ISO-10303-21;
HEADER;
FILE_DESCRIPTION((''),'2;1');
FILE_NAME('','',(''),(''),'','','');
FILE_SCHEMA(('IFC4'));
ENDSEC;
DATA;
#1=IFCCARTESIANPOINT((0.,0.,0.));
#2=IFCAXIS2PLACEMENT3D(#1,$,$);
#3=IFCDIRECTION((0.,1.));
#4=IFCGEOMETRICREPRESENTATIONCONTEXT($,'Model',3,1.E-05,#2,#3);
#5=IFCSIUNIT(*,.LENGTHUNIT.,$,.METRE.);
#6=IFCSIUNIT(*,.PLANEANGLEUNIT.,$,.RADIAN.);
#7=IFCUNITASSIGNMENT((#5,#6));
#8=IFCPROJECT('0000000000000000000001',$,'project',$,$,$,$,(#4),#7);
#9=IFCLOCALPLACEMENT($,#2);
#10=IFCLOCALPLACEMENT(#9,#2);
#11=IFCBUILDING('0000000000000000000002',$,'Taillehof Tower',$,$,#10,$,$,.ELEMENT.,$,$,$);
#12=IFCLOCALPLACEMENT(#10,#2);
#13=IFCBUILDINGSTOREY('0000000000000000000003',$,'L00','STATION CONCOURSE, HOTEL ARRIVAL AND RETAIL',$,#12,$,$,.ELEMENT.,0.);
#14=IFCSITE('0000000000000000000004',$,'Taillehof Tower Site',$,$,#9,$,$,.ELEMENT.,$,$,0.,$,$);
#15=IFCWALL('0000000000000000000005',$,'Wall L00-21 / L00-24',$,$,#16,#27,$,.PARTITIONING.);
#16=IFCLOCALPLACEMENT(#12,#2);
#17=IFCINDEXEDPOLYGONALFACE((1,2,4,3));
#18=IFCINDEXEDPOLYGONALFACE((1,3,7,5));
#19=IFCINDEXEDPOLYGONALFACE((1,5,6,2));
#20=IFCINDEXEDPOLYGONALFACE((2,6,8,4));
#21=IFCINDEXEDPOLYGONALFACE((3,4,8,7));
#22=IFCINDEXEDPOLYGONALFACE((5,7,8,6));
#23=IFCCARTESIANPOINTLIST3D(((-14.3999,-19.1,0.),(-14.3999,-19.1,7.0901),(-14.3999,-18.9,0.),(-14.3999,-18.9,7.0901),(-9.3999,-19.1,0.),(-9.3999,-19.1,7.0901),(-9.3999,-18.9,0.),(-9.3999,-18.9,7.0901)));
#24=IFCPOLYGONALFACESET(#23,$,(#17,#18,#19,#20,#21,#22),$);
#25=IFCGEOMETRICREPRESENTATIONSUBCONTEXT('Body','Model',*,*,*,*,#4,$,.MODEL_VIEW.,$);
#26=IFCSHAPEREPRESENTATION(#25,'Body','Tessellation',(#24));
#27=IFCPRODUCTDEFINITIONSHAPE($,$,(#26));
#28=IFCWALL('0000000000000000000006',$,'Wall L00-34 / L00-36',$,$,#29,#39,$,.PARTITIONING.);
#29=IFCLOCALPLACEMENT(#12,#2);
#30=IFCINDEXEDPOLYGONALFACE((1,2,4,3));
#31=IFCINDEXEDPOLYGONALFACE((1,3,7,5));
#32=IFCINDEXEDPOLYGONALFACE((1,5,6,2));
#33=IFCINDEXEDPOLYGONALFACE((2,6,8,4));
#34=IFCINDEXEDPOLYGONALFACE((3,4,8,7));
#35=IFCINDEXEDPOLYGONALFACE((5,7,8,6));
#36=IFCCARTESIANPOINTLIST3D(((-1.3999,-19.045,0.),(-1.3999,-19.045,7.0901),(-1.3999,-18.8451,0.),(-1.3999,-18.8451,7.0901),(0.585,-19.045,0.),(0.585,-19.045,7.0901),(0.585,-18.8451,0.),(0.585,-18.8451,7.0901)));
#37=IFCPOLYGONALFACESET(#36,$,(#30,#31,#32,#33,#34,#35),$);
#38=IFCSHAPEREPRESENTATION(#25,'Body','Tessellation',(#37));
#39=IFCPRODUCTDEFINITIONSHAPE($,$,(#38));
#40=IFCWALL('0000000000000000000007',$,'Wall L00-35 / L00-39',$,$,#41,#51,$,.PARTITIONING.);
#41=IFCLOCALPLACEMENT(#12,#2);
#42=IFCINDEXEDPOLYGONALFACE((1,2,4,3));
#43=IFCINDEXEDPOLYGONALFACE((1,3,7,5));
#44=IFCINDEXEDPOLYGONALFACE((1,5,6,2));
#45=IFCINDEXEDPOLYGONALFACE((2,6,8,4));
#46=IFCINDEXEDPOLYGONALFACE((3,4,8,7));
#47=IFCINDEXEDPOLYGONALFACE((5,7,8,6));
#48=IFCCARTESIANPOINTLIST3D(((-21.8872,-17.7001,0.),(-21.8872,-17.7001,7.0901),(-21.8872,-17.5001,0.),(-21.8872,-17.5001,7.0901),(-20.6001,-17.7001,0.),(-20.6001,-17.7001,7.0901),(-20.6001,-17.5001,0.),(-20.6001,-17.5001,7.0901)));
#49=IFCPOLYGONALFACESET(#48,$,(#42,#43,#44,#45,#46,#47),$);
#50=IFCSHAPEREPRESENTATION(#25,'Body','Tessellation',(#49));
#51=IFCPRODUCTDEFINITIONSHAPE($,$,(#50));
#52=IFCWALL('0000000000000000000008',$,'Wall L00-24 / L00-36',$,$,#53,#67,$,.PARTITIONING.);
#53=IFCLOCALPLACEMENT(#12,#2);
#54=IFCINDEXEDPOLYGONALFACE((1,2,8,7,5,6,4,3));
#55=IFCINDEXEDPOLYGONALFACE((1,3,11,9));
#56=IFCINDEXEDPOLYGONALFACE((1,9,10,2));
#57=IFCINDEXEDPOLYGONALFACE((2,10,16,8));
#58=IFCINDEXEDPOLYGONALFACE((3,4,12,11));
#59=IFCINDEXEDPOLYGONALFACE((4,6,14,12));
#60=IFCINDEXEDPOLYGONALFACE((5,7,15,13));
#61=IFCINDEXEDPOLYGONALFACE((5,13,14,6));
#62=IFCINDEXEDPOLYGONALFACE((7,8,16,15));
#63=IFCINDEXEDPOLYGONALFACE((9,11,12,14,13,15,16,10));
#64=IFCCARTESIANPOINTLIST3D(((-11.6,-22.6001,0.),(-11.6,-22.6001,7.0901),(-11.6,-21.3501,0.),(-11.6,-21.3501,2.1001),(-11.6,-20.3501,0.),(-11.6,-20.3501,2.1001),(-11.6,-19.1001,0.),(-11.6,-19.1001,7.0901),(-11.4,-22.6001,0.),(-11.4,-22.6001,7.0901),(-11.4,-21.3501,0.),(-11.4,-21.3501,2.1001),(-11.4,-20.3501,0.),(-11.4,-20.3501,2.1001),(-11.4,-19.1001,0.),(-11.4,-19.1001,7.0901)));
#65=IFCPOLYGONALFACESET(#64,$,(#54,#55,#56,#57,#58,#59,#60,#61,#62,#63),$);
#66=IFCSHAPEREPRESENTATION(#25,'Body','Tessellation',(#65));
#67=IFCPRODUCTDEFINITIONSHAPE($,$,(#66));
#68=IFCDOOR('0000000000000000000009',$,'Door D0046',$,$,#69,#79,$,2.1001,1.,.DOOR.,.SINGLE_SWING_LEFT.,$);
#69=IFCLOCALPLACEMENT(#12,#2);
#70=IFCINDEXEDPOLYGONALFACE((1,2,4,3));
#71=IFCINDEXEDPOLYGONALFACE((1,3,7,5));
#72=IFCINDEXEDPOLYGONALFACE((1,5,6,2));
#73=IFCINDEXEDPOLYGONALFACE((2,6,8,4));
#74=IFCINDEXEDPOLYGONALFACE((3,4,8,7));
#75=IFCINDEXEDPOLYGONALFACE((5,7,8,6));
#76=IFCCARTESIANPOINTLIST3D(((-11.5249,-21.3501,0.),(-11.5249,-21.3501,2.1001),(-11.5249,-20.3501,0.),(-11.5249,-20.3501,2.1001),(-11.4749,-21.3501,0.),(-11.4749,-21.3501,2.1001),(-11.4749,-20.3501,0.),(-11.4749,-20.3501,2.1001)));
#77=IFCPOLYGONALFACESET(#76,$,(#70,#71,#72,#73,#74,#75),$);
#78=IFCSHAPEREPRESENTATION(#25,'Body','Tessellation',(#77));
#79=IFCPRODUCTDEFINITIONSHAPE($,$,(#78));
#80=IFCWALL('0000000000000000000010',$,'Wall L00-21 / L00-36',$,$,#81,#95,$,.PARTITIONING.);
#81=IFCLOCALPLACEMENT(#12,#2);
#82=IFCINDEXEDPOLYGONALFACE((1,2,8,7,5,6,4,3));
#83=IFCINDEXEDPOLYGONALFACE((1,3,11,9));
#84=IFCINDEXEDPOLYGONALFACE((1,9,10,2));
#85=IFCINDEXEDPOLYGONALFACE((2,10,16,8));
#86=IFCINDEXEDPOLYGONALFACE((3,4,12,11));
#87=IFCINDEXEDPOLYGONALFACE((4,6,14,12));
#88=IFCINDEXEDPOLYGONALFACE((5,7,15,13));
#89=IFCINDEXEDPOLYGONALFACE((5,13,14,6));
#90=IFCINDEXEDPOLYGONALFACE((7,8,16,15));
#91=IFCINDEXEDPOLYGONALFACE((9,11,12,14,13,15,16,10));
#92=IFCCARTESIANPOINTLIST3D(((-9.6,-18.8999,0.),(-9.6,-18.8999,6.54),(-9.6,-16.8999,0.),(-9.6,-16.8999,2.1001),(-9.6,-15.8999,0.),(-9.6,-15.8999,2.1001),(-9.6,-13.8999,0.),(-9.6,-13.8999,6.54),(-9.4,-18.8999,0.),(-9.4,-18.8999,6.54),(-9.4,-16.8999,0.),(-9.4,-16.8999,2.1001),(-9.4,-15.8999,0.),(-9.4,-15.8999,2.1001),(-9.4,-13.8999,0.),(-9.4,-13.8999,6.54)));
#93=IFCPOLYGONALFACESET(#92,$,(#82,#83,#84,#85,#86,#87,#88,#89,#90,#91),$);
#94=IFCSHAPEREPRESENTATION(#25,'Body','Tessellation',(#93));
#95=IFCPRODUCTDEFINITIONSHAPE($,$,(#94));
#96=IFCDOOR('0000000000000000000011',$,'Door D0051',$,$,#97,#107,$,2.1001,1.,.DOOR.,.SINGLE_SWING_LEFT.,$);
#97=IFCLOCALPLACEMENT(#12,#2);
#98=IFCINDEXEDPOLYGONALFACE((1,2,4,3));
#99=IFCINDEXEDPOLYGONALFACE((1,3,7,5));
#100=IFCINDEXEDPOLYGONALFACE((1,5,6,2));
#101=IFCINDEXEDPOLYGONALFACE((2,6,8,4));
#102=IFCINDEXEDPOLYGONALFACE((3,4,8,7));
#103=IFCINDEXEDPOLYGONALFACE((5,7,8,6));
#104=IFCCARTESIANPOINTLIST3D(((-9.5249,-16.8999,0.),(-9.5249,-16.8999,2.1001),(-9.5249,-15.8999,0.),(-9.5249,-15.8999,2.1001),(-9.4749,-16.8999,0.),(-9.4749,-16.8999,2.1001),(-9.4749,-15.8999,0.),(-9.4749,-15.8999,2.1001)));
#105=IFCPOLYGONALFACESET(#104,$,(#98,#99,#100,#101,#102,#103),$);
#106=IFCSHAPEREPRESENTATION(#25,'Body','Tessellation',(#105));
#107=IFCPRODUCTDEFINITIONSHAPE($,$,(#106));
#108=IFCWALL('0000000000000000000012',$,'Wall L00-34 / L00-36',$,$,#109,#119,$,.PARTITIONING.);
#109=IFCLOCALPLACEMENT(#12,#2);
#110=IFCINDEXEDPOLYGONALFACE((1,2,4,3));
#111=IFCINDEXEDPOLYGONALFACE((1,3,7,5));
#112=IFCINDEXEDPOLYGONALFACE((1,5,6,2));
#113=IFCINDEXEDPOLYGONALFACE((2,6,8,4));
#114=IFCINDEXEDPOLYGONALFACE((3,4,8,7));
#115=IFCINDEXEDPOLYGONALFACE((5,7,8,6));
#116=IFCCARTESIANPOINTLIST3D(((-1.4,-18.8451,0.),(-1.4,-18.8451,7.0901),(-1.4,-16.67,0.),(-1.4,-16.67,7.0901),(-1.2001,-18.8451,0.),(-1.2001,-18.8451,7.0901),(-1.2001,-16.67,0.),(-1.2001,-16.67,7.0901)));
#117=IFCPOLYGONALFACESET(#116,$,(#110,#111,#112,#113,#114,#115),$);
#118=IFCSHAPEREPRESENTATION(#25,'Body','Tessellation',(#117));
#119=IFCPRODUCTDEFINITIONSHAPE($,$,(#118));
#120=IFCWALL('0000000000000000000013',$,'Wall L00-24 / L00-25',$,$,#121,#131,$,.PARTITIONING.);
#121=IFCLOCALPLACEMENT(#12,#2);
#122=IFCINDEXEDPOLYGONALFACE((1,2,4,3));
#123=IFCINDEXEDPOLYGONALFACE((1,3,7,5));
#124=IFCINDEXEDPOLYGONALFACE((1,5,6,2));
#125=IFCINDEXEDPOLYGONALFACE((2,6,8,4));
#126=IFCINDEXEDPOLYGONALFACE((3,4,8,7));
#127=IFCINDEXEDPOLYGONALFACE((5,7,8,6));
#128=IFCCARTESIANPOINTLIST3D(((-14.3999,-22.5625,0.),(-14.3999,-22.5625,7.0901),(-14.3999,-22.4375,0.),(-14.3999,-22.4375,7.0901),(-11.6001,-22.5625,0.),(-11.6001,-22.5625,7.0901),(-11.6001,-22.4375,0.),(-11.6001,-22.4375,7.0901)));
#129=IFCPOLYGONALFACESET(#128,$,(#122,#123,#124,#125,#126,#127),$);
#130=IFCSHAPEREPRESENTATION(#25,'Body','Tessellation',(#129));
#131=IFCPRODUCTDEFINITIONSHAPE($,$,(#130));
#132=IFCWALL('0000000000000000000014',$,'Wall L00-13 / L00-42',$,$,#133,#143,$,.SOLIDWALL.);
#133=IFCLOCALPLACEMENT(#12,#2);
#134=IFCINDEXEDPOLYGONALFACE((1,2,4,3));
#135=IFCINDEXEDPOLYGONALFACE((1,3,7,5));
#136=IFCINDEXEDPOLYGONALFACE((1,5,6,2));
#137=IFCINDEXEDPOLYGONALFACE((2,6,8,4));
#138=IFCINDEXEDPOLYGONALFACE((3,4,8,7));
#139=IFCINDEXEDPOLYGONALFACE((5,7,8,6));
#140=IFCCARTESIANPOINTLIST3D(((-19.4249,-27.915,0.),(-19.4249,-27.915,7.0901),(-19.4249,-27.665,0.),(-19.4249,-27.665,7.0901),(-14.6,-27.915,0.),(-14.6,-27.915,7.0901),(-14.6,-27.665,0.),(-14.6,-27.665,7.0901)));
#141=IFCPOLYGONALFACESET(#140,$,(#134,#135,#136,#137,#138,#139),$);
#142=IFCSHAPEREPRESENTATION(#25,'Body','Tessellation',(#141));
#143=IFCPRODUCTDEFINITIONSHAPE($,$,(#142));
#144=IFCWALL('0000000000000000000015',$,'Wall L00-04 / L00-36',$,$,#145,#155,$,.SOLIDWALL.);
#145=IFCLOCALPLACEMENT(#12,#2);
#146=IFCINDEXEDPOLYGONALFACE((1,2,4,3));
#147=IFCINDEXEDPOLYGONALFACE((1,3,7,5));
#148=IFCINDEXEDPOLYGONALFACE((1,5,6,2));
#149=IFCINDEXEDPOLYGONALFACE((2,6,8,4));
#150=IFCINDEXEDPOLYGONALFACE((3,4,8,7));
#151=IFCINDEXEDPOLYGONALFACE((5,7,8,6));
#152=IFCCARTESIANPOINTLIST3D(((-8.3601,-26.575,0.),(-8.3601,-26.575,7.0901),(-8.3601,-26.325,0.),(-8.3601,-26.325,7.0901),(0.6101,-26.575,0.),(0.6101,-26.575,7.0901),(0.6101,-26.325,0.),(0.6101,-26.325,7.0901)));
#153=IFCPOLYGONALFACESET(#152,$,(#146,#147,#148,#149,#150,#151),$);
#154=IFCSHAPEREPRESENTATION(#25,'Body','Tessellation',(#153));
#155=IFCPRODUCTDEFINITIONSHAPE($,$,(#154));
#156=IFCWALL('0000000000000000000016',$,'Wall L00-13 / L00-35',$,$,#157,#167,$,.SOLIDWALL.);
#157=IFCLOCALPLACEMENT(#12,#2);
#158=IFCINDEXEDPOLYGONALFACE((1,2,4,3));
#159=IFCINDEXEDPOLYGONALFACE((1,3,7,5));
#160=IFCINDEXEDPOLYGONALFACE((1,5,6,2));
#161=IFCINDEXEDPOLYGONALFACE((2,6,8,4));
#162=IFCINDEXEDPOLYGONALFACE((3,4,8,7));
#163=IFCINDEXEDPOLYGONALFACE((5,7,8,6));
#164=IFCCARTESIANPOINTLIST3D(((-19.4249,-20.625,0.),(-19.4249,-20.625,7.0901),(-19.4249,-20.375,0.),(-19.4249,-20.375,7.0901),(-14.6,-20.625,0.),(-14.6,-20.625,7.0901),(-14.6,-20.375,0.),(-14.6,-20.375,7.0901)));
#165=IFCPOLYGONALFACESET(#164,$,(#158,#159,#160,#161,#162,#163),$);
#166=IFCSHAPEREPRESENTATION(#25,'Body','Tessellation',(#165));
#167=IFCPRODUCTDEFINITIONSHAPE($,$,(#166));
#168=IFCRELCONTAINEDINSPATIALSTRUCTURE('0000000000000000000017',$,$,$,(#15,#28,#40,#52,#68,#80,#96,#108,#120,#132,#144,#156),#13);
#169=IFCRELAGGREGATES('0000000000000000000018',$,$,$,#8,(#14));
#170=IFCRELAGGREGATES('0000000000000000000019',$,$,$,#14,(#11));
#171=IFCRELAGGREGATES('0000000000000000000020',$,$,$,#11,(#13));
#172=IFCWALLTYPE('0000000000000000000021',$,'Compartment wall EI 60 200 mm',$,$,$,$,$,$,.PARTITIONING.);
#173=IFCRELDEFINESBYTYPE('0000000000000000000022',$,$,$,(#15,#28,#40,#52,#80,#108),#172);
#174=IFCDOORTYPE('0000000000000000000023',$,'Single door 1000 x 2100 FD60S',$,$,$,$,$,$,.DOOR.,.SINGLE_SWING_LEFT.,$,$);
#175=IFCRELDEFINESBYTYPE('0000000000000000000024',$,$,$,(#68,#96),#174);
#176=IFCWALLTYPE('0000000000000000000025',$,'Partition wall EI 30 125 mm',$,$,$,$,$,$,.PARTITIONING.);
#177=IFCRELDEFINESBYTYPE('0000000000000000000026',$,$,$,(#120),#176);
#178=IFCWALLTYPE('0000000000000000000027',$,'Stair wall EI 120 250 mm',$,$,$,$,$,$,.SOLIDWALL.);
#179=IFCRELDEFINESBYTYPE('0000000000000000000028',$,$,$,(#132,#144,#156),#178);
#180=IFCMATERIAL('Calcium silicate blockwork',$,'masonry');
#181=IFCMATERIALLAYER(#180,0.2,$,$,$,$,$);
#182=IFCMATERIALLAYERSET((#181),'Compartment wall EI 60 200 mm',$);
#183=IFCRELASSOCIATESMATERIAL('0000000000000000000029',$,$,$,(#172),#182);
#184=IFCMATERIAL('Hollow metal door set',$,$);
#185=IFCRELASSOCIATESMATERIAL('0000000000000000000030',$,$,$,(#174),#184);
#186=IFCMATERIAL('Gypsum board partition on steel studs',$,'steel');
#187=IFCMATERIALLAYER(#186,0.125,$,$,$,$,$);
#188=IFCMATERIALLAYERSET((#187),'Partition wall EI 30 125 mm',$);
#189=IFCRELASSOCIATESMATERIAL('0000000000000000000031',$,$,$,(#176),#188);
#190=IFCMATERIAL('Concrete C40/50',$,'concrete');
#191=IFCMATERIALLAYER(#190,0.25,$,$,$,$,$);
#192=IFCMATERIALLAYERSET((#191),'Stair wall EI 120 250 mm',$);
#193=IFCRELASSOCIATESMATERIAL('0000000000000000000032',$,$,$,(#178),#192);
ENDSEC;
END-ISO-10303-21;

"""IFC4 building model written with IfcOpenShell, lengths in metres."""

from ifc_helpers import new_model, si_unit, direction, frame, frame_2d, origin, place, context, subcontext, project, spatial, rectangle, extrude, material, layer, layer_set, type_object, element, fill, save


model = new_model("IFC4")

# Units and contexts
model_context = context("Model", 3, precision=1e-05, world=origin(), true_north=direction((0.0, 1.0)))
body_context = subcontext(model_context, "Body", "Model", "MODEL_VIEW")
ifc_project = project(units=[si_unit("LENGTHUNIT", "METRE"), si_unit("PLANEANGLEUNIT", "RADIAN")], contexts=[model_context])

# Site, building, storey
site_placement = place(None, origin())
site = spatial("IfcSite", under=ifc_project, at=site_placement, Name="Taillehof Tower Site", CompositionType="ELEMENT", RefElevation=0.0)
building_placement = place(site_placement, origin())
building = spatial("IfcBuilding", under=site, at=building_placement, Name="Taillehof Tower", CompositionType="ELEMENT")
storey_placement = place(building_placement, origin())
storey = spatial("IfcBuildingStorey", under=building, at=storey_placement, Name="L00", Description="STATION CONCOURSE, HOTEL ARRIVAL AND RETAIL", CompositionType="ELEMENT", Elevation=0.0)

# Walls
ifc_material_1 = material(Name="Calcium silicate blockwork", Category="masonry")
ifc_layer_1 = layer(ifc_material_1, 0.2)
ifc_layer_set_1 = layer_set([ifc_layer_1], Name="Compartment wall EI 60 200 mm")
wall_type_1 = type_object("IfcWallType", Name="Compartment wall EI 60 200 mm", PredefinedType="PARTITIONING", material=ifc_layer_set_1)
wall_1_placement = place(storey_placement, frame((-14.3999, -19.0, 0.0), z_axis=(0.0, 0.0, 1.0), x_axis=(1.0, 0.0, 0.0)))
element("IfcWall", 1, at=wall_1_placement, inside=storey, type_object=wall_type_1, Name="Wall L00-21 / L00-24", PredefinedType="PARTITIONING", context=body_context, shape_type="SweptSolid", body=[
    extrude(rectangle(XDim=5.0, YDim=0.2, at=frame_2d((2.5, 0.0))), origin(), (0.0, 0.0, 1.0), 7.0901),
])
wall_2_placement = place(storey_placement, frame((-1.3999, -18.9451, 0.0), z_axis=(0.0, 0.0, 1.0), x_axis=(1.0, 0.0, 0.0)))
element("IfcWall", 2, at=wall_2_placement, inside=storey, type_object=wall_type_1, Name="Wall L00-34 / L00-36", PredefinedType="PARTITIONING", context=body_context, shape_type="SweptSolid", body=[
    extrude(rectangle(XDim=1.9849, YDim=0.2, at=frame_2d((0.9924, 0.0))), origin(), (0.0, 0.0, 1.0), 7.0901),
])
wall_3_placement = place(storey_placement, frame((-21.8872, -17.6001, 0.0), z_axis=(0.0, 0.0, 1.0), x_axis=(1.0, 0.0, 0.0)))
element("IfcWall", 3, at=wall_3_placement, inside=storey, type_object=wall_type_1, Name="Wall L00-35 / L00-39", PredefinedType="PARTITIONING", context=body_context, shape_type="SweptSolid", body=[
    extrude(rectangle(XDim=1.2871, YDim=0.2, at=frame_2d((0.6436, 0.0))), origin(), (0.0, 0.0, 1.0), 7.0901),
])

# Walls, openings, doors
wall_4_placement = place(storey_placement, frame((-11.5, -22.6001, 0.0), z_axis=(0.0, 0.0, 1.0), x_axis=(0.0, 1.0, 0.0)))
wall_4 = element("IfcWall", 4, at=wall_4_placement, inside=storey, type_object=wall_type_1, Name="Wall L00-24 / L00-36", PredefinedType="PARTITIONING", context=body_context, shape_type="SweptSolid", body=[
    extrude(rectangle(XDim=3.5, YDim=0.2, at=frame_2d((1.75, 0.0))), origin(), (0.0, 0.0, 1.0), 7.0901),
])
opening_1_placement = place(wall_4_placement, frame((1.25, 0.0, 0.0)))
opening_1 = element("IfcOpeningElement", 5, at=opening_1_placement, cuts=wall_4, PredefinedType="OPENING", context=body_context, shape_type="SweptSolid", body=[
    extrude(rectangle(XDim=1.0, YDim=2.1001, at=frame_2d((0.5, 1.05))), frame((0.0, 0.1099, 0.0), z_axis=(0.0, -1.0, 0.0), x_axis=(1.0, 0.0, 0.0)), (0.0, 0.0, 1.0), 0.22),
])
ifc_material_2 = material(Name="Hollow metal door set")
door_type_1 = type_object("IfcDoorType", Name="Single door 1000 x 2100 FD60S", OperationType="SINGLE_SWING_LEFT", PredefinedType="DOOR", material=ifc_material_2)
door_1_placement = place(opening_1_placement, origin())
door_1 = element("IfcDoor", 6, at=door_1_placement, inside=storey, type_object=door_type_1, Name="Door D0046", OperationType="SINGLE_SWING_LEFT", OverallHeight=2.1001, OverallWidth=1.0, PredefinedType="DOOR", context=body_context, shape_type="SweptSolid", body=[
    extrude(rectangle(XDim=1.0, YDim=2.1001, at=frame_2d((0.5, 1.05))), frame((0.0, 0.0249, 0.0), z_axis=(0.0, -1.0, 0.0), x_axis=(1.0, 0.0, 0.0)), (0.0, 0.0, 1.0), 0.05),
])
fill(opening_1, door_1)
wall_5_placement = place(storey_placement, frame((-9.5, -18.8999, 0.0), z_axis=(0.0, 0.0, 1.0), x_axis=(0.0, 1.0, 0.0)))
wall_5 = element("IfcWall", 7, at=wall_5_placement, inside=storey, type_object=wall_type_1, Name="Wall L00-21 / L00-36", PredefinedType="PARTITIONING", context=body_context, shape_type="SweptSolid", body=[
    extrude(rectangle(XDim=5.0, YDim=0.2, at=frame_2d((2.5, 0.0))), origin(), (0.0, 0.0, 1.0), 6.54),
])
opening_2_placement = place(wall_5_placement, frame((2.0, 0.0, 0.0)))
opening_2 = element("IfcOpeningElement", 8, at=opening_2_placement, cuts=wall_5, PredefinedType="OPENING", context=body_context, shape_type="SweptSolid", body=[
    extrude(rectangle(XDim=1.0, YDim=2.1001, at=frame_2d((0.5, 1.05))), frame((0.0, 0.1099, 0.0), z_axis=(0.0, -1.0, 0.0), x_axis=(1.0, 0.0, 0.0)), (0.0, 0.0, 1.0), 0.22),
])
door_2_placement = place(opening_2_placement, origin())
door_2 = element("IfcDoor", 9, at=door_2_placement, inside=storey, type_object=door_type_1, Name="Door D0051", OperationType="SINGLE_SWING_LEFT", OverallHeight=2.1001, OverallWidth=1.0, PredefinedType="DOOR", context=body_context, shape_type="SweptSolid", body=[
    extrude(rectangle(XDim=1.0, YDim=2.1001, at=frame_2d((0.5, 1.05))), frame((0.0, 0.0249, 0.0), z_axis=(0.0, -1.0, 0.0), x_axis=(1.0, 0.0, 0.0)), (0.0, 0.0, 1.0), 0.05),
])
fill(opening_2, door_2)

# Walls
wall_6_placement = place(storey_placement, frame((-1.3, -18.845, 0.0), z_axis=(0.0, 0.0, 1.0), x_axis=(0.0, 1.0, 0.0)))
element("IfcWall", 10, at=wall_6_placement, inside=storey, type_object=wall_type_1, Name="Wall L00-34 / L00-36", PredefinedType="PARTITIONING", context=body_context, shape_type="SweptSolid", body=[
    extrude(rectangle(XDim=2.175, YDim=0.2, at=frame_2d((1.0874, 0.0))), origin(), (0.0, 0.0, 1.0), 7.0901),
])
ifc_material_3 = material(Name="Gypsum board partition on steel studs", Category="steel")
ifc_layer_2 = layer(ifc_material_3, 0.125)
ifc_layer_set_2 = layer_set([ifc_layer_2], Name="Partition wall EI 30 125 mm")
wall_type_2 = type_object("IfcWallType", Name="Partition wall EI 30 125 mm", PredefinedType="PARTITIONING", material=ifc_layer_set_2)
wall_7_placement = place(storey_placement, frame((-14.3999, -22.5, 0.0), z_axis=(0.0, 0.0, 1.0), x_axis=(1.0, 0.0, 0.0)))
element("IfcWall", 11, at=wall_7_placement, inside=storey, type_object=wall_type_2, Name="Wall L00-24 / L00-25", PredefinedType="PARTITIONING", context=body_context, shape_type="SweptSolid", body=[
    extrude(rectangle(XDim=2.7998, YDim=0.125, at=frame_2d((1.3999, 0.0))), origin(), (0.0, 0.0, 1.0), 7.0901),
])
ifc_material_4 = material(Name="Concrete C40/50", Category="concrete")
ifc_layer_3 = layer(ifc_material_4, 0.25)
ifc_layer_set_3 = layer_set([ifc_layer_3], Name="Stair wall EI 120 250 mm")
wall_type_3 = type_object("IfcWallType", Name="Stair wall EI 120 250 mm", PredefinedType="SOLIDWALL", material=ifc_layer_set_3)
wall_8_placement = place(storey_placement, frame((-19.425, -27.79, 0.0), z_axis=(0.0, 0.0, 1.0), x_axis=(1.0, 0.0, 0.0)))
element("IfcWall", 12, at=wall_8_placement, inside=storey, type_object=wall_type_3, Name="Wall L00-13 / L00-42", PredefinedType="SOLIDWALL", context=body_context, shape_type="SweptSolid", body=[
    extrude(rectangle(XDim=4.825, YDim=0.25, at=frame_2d((2.4126, 0.0))), origin(), (0.0, 0.0, 1.0), 7.0901),
])
wall_9_placement = place(storey_placement, frame((-8.3601, -26.45, 0.0), z_axis=(0.0, 0.0, 1.0), x_axis=(1.0, 0.0, 0.0)))
element("IfcWall", 13, at=wall_9_placement, inside=storey, type_object=wall_type_3, Name="Wall L00-04 / L00-36", PredefinedType="SOLIDWALL", context=body_context, shape_type="SweptSolid", body=[
    extrude(rectangle(XDim=8.9702, YDim=0.25, at=frame_2d((4.4851, 0.0))), origin(), (0.0, 0.0, 1.0), 7.0901),
])
wall_10_placement = place(storey_placement, frame((-19.425, -20.5, 0.0), z_axis=(0.0, 0.0, 1.0), x_axis=(1.0, 0.0, 0.0)))
element("IfcWall", 14, at=wall_10_placement, inside=storey, type_object=wall_type_3, Name="Wall L00-13 / L00-35", PredefinedType="SOLIDWALL", context=body_context, shape_type="SweptSolid", body=[
    extrude(rectangle(XDim=4.825, YDim=0.25, at=frame_2d((2.4126, 0.0))), origin(), (0.0, 0.0, 1.0), 7.0901),
])

save(model, "model.ifc")
